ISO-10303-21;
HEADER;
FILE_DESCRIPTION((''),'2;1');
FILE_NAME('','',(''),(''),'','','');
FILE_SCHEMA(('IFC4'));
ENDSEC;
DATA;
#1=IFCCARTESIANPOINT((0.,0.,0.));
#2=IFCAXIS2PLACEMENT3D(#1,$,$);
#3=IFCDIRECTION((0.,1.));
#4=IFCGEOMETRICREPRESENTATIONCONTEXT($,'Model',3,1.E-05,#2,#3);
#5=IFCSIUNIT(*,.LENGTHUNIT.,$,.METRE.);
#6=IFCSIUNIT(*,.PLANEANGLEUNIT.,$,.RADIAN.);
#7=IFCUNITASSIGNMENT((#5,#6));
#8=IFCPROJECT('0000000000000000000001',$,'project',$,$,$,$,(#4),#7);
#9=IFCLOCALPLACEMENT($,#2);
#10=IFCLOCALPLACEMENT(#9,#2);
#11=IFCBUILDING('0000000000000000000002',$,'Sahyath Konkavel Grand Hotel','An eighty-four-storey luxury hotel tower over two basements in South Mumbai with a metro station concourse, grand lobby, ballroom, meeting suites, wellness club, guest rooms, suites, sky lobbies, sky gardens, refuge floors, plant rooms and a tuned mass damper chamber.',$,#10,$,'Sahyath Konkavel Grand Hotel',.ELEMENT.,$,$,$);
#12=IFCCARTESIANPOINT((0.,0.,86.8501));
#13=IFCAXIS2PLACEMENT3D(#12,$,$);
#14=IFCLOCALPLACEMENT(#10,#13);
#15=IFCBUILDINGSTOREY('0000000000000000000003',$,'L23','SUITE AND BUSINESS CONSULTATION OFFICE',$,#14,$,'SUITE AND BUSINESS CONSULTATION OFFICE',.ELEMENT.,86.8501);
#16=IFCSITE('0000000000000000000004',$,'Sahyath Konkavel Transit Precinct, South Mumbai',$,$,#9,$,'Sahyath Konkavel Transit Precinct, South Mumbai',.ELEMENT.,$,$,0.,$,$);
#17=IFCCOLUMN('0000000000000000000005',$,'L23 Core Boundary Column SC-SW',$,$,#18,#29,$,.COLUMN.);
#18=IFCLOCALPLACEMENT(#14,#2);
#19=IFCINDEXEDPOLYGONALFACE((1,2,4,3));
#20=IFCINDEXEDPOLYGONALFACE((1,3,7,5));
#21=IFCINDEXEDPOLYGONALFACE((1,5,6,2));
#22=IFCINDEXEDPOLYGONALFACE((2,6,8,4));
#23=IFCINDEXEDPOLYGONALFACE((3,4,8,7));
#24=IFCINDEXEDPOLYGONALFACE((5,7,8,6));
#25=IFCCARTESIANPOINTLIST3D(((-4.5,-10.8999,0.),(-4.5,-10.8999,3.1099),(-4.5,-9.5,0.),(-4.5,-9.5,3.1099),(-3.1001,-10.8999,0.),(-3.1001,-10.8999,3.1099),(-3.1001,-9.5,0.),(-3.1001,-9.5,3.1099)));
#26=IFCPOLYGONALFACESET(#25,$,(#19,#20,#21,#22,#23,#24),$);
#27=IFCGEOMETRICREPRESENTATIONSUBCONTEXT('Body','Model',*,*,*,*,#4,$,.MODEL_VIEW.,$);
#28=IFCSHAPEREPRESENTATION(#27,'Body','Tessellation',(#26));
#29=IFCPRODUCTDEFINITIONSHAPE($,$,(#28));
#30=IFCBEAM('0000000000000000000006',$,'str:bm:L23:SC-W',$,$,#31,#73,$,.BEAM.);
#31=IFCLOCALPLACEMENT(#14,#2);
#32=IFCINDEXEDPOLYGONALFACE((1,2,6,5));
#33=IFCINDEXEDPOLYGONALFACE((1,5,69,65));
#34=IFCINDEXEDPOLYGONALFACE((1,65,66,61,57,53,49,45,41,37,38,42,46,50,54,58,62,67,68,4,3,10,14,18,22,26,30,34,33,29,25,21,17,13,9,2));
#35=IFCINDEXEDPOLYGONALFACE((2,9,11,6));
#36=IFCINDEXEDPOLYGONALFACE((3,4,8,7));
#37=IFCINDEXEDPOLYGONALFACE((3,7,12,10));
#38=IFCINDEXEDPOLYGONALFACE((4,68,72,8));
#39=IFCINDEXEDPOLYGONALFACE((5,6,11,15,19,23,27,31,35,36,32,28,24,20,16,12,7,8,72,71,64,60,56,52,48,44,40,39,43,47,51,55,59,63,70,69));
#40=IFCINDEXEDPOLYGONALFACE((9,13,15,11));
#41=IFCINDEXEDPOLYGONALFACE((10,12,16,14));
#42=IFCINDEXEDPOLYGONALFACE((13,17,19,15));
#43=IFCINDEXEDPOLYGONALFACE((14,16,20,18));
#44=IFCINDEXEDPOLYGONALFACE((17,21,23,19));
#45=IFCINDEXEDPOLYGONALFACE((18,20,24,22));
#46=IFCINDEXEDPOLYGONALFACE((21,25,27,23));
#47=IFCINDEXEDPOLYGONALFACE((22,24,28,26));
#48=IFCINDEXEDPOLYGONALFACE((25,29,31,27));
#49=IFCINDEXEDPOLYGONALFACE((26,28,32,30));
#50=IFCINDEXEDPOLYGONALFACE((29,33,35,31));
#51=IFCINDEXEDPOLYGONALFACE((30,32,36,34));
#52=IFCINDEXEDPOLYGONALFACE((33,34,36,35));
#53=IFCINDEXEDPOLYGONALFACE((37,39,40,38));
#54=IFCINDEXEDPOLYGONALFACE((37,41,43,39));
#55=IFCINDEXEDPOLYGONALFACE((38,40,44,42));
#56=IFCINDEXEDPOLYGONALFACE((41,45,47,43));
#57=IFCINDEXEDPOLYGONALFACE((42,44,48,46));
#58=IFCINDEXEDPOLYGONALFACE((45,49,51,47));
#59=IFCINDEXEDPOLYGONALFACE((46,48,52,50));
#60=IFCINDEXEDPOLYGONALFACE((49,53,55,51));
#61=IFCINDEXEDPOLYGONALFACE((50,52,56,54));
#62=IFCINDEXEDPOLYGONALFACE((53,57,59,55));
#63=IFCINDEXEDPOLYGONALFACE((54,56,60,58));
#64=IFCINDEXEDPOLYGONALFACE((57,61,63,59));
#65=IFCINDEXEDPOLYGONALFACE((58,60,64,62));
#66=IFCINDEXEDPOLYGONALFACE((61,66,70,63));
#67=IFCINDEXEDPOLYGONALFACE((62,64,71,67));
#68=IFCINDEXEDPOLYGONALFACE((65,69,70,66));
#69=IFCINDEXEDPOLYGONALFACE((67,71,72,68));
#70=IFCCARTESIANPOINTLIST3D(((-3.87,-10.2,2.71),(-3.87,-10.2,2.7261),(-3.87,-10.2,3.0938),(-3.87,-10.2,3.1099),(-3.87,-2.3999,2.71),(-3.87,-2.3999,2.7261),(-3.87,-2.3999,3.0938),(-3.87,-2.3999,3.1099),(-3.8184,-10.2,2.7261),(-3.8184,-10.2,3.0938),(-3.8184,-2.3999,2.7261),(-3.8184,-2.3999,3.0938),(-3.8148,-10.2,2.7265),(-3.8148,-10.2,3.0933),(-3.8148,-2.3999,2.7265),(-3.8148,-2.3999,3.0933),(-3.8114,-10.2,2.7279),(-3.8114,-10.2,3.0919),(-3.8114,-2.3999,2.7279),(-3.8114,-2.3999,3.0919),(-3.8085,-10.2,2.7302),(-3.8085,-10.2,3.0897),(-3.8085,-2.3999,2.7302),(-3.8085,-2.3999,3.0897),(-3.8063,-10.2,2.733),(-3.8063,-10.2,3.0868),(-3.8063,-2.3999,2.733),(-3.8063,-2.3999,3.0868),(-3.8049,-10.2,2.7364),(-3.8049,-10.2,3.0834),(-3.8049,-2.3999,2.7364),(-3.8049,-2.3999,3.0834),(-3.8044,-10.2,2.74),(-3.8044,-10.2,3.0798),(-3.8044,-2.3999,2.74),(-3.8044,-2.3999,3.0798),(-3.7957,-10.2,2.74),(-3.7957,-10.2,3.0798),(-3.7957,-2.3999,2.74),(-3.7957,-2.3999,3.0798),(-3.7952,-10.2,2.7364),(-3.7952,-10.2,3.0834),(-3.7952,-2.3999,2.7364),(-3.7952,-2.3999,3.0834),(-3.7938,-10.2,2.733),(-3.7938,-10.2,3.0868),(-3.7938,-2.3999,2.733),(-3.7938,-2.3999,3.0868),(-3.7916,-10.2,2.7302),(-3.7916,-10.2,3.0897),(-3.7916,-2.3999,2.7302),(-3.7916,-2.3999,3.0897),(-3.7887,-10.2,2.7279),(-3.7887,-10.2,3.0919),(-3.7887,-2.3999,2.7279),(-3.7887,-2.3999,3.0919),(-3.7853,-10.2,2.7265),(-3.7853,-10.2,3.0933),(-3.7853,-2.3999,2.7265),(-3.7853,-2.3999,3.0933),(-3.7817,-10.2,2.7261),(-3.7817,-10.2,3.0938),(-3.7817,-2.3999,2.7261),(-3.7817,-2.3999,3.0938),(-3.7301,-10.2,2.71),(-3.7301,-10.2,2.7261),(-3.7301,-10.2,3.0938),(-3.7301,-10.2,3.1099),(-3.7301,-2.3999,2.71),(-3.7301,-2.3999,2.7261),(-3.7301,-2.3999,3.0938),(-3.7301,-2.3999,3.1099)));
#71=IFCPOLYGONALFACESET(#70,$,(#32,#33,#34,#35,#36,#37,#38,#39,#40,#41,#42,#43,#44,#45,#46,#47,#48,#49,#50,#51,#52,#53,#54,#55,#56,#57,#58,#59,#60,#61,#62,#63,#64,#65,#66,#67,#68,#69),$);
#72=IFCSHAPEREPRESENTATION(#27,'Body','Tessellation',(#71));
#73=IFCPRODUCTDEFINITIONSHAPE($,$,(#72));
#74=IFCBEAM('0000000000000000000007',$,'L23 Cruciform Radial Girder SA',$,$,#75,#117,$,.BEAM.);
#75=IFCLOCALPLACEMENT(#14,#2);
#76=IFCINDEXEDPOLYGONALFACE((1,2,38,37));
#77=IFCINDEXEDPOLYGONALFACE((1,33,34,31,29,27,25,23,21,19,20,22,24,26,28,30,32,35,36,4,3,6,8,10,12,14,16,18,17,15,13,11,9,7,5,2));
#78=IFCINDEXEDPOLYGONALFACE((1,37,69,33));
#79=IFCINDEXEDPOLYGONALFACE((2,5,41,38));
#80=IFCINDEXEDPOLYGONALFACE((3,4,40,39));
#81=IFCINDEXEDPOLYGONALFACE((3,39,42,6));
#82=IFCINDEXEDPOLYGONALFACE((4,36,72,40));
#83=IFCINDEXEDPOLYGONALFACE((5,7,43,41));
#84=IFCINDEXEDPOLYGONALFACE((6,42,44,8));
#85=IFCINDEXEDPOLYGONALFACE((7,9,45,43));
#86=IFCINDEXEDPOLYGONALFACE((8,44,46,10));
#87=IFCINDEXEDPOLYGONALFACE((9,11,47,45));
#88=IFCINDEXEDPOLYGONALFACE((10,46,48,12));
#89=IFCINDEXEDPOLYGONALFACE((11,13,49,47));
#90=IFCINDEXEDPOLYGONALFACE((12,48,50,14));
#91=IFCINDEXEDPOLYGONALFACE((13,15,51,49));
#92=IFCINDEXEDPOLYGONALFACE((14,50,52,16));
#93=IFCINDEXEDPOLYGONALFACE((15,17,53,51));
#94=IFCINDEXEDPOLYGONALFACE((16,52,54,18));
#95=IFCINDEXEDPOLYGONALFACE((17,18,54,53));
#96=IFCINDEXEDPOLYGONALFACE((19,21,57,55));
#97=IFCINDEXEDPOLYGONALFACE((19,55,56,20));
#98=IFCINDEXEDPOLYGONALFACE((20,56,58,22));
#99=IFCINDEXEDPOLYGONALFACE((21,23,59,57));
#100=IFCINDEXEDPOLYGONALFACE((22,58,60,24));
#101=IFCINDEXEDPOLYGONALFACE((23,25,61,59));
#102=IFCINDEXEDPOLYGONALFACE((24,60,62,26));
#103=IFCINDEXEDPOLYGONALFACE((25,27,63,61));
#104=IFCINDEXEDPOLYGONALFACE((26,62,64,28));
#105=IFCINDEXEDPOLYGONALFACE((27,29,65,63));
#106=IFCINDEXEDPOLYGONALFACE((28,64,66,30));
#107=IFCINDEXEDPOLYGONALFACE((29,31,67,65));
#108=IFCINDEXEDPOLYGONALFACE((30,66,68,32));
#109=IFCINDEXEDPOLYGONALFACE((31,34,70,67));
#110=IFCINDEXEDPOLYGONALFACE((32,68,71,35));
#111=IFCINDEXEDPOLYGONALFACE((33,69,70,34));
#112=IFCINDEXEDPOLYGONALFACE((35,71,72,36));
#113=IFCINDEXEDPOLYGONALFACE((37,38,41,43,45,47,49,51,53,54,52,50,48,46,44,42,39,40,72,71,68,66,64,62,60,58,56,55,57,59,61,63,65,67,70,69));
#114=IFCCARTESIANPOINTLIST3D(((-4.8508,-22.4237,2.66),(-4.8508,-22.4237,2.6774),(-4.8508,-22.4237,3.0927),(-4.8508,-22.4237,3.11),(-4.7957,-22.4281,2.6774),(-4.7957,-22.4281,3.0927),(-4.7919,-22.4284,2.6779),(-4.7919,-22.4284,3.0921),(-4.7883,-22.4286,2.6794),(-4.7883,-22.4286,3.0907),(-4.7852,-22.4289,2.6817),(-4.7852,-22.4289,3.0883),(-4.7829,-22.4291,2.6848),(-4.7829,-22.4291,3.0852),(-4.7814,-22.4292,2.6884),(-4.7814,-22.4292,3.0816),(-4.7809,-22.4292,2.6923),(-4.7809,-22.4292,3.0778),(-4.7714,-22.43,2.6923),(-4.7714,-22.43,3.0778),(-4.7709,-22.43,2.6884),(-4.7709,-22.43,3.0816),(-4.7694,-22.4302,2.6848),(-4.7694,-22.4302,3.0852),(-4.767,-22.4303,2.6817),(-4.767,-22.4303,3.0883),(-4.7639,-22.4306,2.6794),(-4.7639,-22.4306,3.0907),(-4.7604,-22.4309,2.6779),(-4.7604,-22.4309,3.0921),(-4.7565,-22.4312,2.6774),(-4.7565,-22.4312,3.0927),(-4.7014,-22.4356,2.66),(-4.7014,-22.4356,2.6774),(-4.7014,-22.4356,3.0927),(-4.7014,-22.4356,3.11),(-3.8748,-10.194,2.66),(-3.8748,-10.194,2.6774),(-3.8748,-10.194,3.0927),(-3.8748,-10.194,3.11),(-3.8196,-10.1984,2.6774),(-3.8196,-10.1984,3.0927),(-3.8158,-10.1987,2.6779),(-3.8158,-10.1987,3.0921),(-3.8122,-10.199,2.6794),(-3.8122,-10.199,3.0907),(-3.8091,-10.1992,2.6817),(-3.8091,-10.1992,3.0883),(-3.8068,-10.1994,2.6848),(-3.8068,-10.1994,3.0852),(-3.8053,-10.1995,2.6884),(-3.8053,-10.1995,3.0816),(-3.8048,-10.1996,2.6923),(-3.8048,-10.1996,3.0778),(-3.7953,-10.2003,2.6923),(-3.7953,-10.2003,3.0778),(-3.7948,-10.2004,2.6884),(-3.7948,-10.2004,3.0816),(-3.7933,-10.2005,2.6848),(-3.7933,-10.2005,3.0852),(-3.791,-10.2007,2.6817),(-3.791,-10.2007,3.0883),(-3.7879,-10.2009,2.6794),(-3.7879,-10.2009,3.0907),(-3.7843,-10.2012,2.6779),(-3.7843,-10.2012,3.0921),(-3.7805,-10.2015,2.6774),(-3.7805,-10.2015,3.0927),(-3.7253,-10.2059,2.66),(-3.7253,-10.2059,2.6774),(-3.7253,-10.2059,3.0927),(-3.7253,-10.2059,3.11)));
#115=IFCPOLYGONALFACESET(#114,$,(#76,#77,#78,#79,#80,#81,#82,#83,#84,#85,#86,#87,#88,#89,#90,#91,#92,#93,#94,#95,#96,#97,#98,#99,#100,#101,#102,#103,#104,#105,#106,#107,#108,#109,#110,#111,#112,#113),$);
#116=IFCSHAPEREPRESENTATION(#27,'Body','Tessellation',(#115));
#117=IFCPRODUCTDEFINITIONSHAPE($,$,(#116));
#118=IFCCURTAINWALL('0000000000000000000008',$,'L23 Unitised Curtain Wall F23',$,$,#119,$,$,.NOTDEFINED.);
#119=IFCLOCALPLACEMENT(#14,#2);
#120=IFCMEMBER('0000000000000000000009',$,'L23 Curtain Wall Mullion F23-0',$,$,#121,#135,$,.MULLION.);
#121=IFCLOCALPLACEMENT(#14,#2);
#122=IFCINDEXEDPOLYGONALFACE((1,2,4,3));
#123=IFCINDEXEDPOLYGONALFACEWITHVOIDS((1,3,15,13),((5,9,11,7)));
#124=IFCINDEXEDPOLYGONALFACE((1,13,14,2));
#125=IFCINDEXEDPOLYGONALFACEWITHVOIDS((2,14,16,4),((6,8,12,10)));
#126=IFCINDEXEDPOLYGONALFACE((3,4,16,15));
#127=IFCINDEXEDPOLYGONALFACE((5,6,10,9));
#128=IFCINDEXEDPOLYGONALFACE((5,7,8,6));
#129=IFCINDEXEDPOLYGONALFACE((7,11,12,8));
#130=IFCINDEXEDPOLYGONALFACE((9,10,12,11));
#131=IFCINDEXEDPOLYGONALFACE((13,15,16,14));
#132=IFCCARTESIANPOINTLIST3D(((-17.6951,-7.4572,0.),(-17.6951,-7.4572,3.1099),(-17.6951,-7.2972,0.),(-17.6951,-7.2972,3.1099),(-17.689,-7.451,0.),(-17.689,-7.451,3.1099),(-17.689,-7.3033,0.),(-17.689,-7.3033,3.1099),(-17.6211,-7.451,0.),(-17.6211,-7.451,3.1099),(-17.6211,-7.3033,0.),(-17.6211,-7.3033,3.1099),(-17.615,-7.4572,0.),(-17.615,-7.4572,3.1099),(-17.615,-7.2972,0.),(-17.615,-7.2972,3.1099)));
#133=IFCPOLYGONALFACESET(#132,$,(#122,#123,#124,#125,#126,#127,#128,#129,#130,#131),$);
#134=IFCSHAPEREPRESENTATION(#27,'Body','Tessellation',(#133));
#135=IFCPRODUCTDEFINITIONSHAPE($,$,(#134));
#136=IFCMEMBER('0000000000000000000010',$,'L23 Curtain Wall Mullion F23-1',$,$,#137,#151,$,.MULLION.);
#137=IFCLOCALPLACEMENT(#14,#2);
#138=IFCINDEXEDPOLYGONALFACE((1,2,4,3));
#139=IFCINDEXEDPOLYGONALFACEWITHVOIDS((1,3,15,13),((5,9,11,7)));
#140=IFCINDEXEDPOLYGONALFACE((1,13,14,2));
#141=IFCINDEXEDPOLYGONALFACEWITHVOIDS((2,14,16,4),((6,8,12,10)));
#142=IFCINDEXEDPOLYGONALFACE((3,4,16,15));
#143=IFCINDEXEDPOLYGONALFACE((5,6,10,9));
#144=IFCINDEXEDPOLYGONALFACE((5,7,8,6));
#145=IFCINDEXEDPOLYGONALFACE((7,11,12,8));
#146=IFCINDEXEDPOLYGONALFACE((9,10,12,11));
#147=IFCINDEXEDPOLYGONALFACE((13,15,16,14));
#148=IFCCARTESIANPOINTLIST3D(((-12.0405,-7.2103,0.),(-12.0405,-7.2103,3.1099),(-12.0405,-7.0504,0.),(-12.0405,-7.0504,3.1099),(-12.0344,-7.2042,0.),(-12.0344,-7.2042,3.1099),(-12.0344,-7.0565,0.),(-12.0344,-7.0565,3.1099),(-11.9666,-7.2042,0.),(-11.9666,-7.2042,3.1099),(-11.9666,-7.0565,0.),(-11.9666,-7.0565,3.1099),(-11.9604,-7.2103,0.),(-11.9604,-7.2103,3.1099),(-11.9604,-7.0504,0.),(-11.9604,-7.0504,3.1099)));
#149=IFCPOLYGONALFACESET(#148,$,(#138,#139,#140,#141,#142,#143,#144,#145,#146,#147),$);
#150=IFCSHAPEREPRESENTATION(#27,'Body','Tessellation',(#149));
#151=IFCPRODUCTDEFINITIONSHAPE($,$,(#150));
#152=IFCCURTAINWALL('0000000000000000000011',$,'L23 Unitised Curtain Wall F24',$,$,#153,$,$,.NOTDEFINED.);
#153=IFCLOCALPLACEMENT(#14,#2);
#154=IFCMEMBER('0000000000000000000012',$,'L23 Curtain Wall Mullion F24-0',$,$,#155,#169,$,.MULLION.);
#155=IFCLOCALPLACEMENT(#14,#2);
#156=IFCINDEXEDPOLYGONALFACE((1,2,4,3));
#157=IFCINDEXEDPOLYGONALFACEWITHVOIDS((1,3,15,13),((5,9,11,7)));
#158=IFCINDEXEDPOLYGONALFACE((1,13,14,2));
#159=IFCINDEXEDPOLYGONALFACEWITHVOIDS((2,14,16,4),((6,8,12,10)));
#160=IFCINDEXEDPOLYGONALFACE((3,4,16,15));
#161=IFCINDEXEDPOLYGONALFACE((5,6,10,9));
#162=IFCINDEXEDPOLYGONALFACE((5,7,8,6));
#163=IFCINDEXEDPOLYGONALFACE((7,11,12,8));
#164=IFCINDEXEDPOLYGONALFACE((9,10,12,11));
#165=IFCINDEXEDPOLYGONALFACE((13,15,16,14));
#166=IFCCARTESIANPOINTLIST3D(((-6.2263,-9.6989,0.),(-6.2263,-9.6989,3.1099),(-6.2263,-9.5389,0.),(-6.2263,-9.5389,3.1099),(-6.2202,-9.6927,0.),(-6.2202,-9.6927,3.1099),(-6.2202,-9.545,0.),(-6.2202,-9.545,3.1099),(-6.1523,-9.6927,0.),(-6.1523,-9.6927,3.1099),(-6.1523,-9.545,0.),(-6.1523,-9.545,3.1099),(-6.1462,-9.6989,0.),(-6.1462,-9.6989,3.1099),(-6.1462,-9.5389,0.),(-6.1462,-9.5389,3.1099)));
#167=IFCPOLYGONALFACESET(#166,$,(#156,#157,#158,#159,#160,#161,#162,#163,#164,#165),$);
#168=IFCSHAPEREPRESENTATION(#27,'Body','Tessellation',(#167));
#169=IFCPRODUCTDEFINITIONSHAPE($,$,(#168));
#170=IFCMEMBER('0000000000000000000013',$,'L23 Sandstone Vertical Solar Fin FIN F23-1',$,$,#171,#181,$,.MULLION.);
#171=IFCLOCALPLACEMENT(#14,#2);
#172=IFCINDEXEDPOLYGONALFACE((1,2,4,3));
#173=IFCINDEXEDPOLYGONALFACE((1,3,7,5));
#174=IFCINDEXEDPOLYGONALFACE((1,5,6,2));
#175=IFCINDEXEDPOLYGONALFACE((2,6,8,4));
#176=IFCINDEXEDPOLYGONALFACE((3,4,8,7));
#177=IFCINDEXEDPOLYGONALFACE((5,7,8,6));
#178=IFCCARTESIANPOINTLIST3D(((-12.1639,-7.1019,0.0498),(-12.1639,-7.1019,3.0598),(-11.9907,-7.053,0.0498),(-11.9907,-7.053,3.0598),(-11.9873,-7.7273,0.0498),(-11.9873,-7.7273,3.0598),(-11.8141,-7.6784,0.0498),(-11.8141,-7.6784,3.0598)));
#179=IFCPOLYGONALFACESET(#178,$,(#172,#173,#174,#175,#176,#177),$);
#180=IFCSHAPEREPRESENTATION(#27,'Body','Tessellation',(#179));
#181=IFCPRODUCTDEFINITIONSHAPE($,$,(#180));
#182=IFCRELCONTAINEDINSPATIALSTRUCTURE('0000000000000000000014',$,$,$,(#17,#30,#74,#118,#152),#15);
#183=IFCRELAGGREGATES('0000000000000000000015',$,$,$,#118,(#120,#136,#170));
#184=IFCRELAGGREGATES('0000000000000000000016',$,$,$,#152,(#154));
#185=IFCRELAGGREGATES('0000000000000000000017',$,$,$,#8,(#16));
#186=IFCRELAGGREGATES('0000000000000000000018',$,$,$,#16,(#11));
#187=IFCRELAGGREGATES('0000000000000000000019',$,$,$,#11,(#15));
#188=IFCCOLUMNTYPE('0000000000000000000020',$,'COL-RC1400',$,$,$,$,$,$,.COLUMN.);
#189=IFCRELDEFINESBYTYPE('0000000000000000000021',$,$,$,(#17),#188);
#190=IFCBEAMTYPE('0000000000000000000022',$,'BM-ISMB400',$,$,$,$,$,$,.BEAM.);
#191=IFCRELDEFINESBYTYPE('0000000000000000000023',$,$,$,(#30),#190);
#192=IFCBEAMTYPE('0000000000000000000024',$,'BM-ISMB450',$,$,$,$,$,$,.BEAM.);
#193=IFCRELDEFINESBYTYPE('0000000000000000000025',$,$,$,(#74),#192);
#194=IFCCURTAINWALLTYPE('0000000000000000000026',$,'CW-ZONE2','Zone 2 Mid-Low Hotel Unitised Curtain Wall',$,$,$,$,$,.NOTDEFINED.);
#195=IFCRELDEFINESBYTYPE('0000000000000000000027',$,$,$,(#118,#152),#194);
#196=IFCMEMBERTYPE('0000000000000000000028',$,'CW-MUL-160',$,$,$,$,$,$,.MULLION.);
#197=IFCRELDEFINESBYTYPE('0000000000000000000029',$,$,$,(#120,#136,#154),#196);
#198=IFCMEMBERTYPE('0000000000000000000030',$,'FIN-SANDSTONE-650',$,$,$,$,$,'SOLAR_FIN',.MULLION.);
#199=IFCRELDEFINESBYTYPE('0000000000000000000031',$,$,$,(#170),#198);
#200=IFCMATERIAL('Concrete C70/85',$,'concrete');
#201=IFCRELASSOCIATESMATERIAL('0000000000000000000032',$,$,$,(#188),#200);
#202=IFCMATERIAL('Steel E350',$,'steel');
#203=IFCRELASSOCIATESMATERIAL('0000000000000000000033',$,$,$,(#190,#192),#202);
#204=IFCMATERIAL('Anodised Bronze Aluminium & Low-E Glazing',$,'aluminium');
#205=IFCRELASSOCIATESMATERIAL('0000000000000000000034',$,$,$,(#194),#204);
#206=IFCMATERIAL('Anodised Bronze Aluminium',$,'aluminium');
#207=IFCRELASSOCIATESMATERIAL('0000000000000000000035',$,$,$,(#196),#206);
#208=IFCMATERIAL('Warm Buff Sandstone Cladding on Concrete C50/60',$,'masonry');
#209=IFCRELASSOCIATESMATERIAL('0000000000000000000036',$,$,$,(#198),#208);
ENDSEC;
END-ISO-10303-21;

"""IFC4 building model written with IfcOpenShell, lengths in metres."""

from ifc_helpers import new_model, si_unit, direction, frame, origin, origin_2d, place, context, subcontext, project, spatial, rectangle, hollow_rectangle, i_section, extrude, source, transform, mapped, material, material_profile, profile_set, type_object, element, aggregate, save


model = new_model("IFC4")

# Units and contexts
model_context = context("Model", 3, precision=1e-05, world=origin(), true_north=direction((0.0, 1.0)))
body_context = subcontext(model_context, "Body", "Model", "MODEL_VIEW")
ifc_project = project(units=[si_unit("LENGTHUNIT", "METRE"), si_unit("PLANEANGLEUNIT", "RADIAN")], contexts=[model_context])

# Site, building, storey
site_placement = place(None, origin())
site = spatial("IfcSite", under=ifc_project, at=site_placement, Name="Sahyath Konkavel Transit Precinct, South Mumbai", LongName="Sahyath Konkavel Transit Precinct, South Mumbai", CompositionType="ELEMENT", RefElevation=0.0)
building_placement = place(site_placement, origin())
building = spatial("IfcBuilding", under=site, at=building_placement, Name="Sahyath Konkavel Grand Hotel", Description="An eighty-four-storey luxury hotel tower over two basements in South Mumbai with a metro station concourse, grand lobby, ballroom, meeting suites, wellness club, guest rooms, suites, sky lobbies, sky gardens, refuge floors, plant rooms and a tuned mass damper chamber.", LongName="Sahyath Konkavel Grand Hotel", CompositionType="ELEMENT")
storey_placement = place(building_placement, frame((0.0, 0.0, 86.8501)))
storey = spatial("IfcBuildingStorey", under=building, at=storey_placement, Name="L23", Description="SUITE AND BUSINESS CONSULTATION OFFICE", LongName="SUITE AND BUSINESS CONSULTATION OFFICE", CompositionType="ELEMENT", Elevation=86.8501)

# Column
ifc_material_1 = material(Name="Concrete C70/85", Category="concrete")
ifc_material_profile_1 = material_profile(ifc_material_1, rectangle(XDim=1.3999, YDim=1.3999, at=origin_2d()), Name="RC 1400x1400")
ifc_profile_set_1 = profile_set([ifc_material_profile_1], Name="Concrete C70/85")
column_type = type_object("IfcColumnType", Name="COL-RC1400", PredefinedType="COLUMN", material=ifc_profile_set_1)
shared_shape_1 = source(origin(), body_context, "Body", "SweptSolid", [
    extrude(rectangle(XDim=1.3999, YDim=1.3999, at=origin_2d()), origin(), (0.0, 0.0, 1.0), 3.1099),
])
column_placement = place(storey_placement, frame((-3.8, -10.2, 0.0), z_axis=(0.0, 0.0, 1.0), x_axis=(1.0, 0.0, 0.0)))
element("IfcColumn", 1, at=column_placement, inside=storey, type_object=column_type, Name="L23 Core Boundary Column SC-SW", PredefinedType="COLUMN", context=body_context, shape_type="MappedRepresentation", body=[
    mapped(shared_shape_1, transform((0.0, 0.0, 0.0), scale=1.0)),
])

# Beams
ifc_material_2 = material(Name="Steel E350", Category="steel")
ifc_material_profile_2 = material_profile(ifc_material_2, i_section(OverallWidth=0.1399, OverallDepth=0.3999, WebThickness=0.0088, FlangeThickness=0.0161, FilletRadius=0.0139, at=origin_2d()), Name="ISMB 400")
ifc_profile_set_2 = profile_set([ifc_material_profile_2], Name="Steel E350")
beam_type_1 = type_object("IfcBeamType", Name="BM-ISMB400", PredefinedType="BEAM", material=ifc_profile_set_2)
shared_shape_2 = source(origin(), body_context, "Body", "SweptSolid", [
    extrude(i_section(OverallWidth=0.1399, OverallDepth=0.3999, WebThickness=0.0088, FlangeThickness=0.0161, FilletRadius=0.0139, at=origin_2d()), origin(), (0.0, 0.0, 1.0), 7.8),
])
beam_1_placement = place(storey_placement, frame((-3.8, -10.2, 2.9099), z_axis=(0.0, 1.0, 0.0), x_axis=(-1.0, 0.0, 0.0)))
element("IfcBeam", 2, at=beam_1_placement, inside=storey, type_object=beam_type_1, Name="str:bm:L23:SC-W", PredefinedType="BEAM", context=body_context, shape_type="MappedRepresentation", body=[
    mapped(shared_shape_2, transform((0.0, 0.0, 0.0), scale=1.0)),
])
ifc_material_profile_3 = material_profile(ifc_material_2, i_section(OverallWidth=0.1499, OverallDepth=0.45, WebThickness=0.0095, FlangeThickness=0.0173, FilletRadius=0.0149, at=origin_2d()), Name="ISMB 450")
ifc_profile_set_3 = profile_set([ifc_material_profile_3], Name="Steel E350")
beam_type_2 = type_object("IfcBeamType", Name="BM-ISMB450", PredefinedType="BEAM", material=ifc_profile_set_3)
shared_shape_3 = source(origin(), body_context, "Body", "SweptSolid", [
    extrude(i_section(OverallWidth=0.1499, OverallDepth=0.45, WebThickness=0.0095, FlangeThickness=0.0173, FilletRadius=0.0149, at=origin_2d()), origin(), (0.0, 0.0, 1.0), 12.2686),
])
beam_2_placement = place(storey_placement, frame((-3.8, -10.2, 2.885), z_axis=(-0.079559, -0.99683, 0.0), x_axis=(0.99683, -0.079559, 0.0)))
element("IfcBeam", 3, at=beam_2_placement, inside=storey, type_object=beam_type_2, Name="L23 Cruciform Radial Girder SA", PredefinedType="BEAM", context=body_context, shape_type="MappedRepresentation", body=[
    mapped(shared_shape_3, transform((0.0, 0.0, 0.0), scale=1.0)),
])

# Curtain wall, members
ifc_material_3 = material(Name="Anodised Bronze Aluminium & Low-E Glazing", Category="aluminium")
curtain_wall_type = type_object("IfcCurtainWallType", Name="CW-ZONE2", Description="Zone 2 Mid-Low Hotel Unitised Curtain Wall", PredefinedType="NOTDEFINED", material=ifc_material_3)
curtain_wall_1_placement = place(storey_placement, origin())
curtain_wall_1 = element("IfcCurtainWall", 4, at=curtain_wall_1_placement, inside=storey, type_object=curtain_wall_type, Name="L23 Unitised Curtain Wall F23", PredefinedType="NOTDEFINED")
ifc_material_4 = material(Name="Anodised Bronze Aluminium", Category="aluminium")
ifc_material_profile_4 = material_profile(ifc_material_4, hollow_rectangle(XDim=0.0801, YDim=0.1599, WallThickness=0.0061, at=origin_2d()), Name="RHS 160x80x6")
ifc_profile_set_4 = profile_set([ifc_material_profile_4], Name="Anodised Bronze Aluminium")
member_type_1 = type_object("IfcMemberType", Name="CW-MUL-160", PredefinedType="MULLION", material=ifc_profile_set_4)
shared_shape_4 = source(origin(), body_context, "Body", "SweptSolid", [
    extrude(hollow_rectangle(XDim=0.0801, YDim=0.1599, WallThickness=0.0061, at=origin_2d()), origin(), (0.0, 0.0, 1.0), 3.1099),
])
member_1_placement = place(storey_placement, frame((-17.655, -7.3772, 0.0), z_axis=(0.0, 0.0, 1.0), x_axis=(1.0, 0.0, 0.0)))
member_1 = element("IfcMember", 5, at=member_1_placement, type_object=member_type_1, Name="L23 Curtain Wall Mullion F23-0", PredefinedType="MULLION", context=body_context, shape_type="MappedRepresentation", body=[
    mapped(shared_shape_4, transform((0.0, 0.0, 0.0), scale=1.0)),
])
member_2_placement = place(storey_placement, frame((-12.0005, -7.1304, 0.0), z_axis=(0.0, 0.0, 1.0), x_axis=(1.0, 0.0, 0.0)))
member_2 = element("IfcMember", 6, at=member_2_placement, type_object=member_type_1, Name="L23 Curtain Wall Mullion F23-1", PredefinedType="MULLION", context=body_context, shape_type="MappedRepresentation", body=[
    mapped(shared_shape_4, transform((0.0, 0.0, 0.0), scale=1.0)),
])

# Curtain wall, member
curtain_wall_2_placement = place(storey_placement, origin())
curtain_wall_2 = element("IfcCurtainWall", 7, at=curtain_wall_2_placement, inside=storey, type_object=curtain_wall_type, Name="L23 Unitised Curtain Wall F24", PredefinedType="NOTDEFINED")
member_3_placement = place(storey_placement, frame((-6.1863, -9.6189, 0.0), z_axis=(0.0, 0.0, 1.0), x_axis=(1.0, 0.0, 0.0)))
member_3 = element("IfcMember", 8, at=member_3_placement, type_object=member_type_1, Name="L23 Curtain Wall Mullion F24-0", PredefinedType="MULLION", context=body_context, shape_type="MappedRepresentation", body=[
    mapped(shared_shape_4, transform((0.0, 0.0, 0.0), scale=1.0)),
])

# Member
ifc_material_5 = material(Name="Warm Buff Sandstone Cladding on Concrete C50/60", Category="masonry")
ifc_material_profile_5 = material_profile(ifc_material_5, rectangle(XDim=0.1799, YDim=0.6499, at=origin_2d()), Name="FIN 180x650")
ifc_profile_set_5 = profile_set([ifc_material_profile_5], Name="Warm Buff Sandstone Cladding on Concrete C50/60")
member_type_2 = type_object("IfcMemberType", Name="FIN-SANDSTONE-650", ElementType="SOLAR_FIN", PredefinedType="MULLION", material=ifc_profile_set_5)
shared_shape_5 = source(origin(), body_context, "Body", "SweptSolid", [
    extrude(rectangle(XDim=0.1799, YDim=0.6499, at=origin_2d()), origin(), (0.0, 0.0, 1.0), 3.01),
])
member_4_placement = place(storey_placement, frame((-11.989, -7.3901, 0.0498), z_axis=(0.0, 0.0, 1.0), x_axis=(0.96236, 0.271776, 0.0)))
member_4 = element("IfcMember", 9, at=member_4_placement, type_object=member_type_2, Name="L23 Sandstone Vertical Solar Fin FIN F23-1", PredefinedType="MULLION", context=body_context, shape_type="MappedRepresentation", body=[
    mapped(shared_shape_5, transform((0.0, 0.0, 0.0), scale=1.0)),
])

aggregate(curtain_wall_1, [member_1, member_2, member_4])
aggregate(curtain_wall_2, [member_3])

save(model, "model.ifc")
